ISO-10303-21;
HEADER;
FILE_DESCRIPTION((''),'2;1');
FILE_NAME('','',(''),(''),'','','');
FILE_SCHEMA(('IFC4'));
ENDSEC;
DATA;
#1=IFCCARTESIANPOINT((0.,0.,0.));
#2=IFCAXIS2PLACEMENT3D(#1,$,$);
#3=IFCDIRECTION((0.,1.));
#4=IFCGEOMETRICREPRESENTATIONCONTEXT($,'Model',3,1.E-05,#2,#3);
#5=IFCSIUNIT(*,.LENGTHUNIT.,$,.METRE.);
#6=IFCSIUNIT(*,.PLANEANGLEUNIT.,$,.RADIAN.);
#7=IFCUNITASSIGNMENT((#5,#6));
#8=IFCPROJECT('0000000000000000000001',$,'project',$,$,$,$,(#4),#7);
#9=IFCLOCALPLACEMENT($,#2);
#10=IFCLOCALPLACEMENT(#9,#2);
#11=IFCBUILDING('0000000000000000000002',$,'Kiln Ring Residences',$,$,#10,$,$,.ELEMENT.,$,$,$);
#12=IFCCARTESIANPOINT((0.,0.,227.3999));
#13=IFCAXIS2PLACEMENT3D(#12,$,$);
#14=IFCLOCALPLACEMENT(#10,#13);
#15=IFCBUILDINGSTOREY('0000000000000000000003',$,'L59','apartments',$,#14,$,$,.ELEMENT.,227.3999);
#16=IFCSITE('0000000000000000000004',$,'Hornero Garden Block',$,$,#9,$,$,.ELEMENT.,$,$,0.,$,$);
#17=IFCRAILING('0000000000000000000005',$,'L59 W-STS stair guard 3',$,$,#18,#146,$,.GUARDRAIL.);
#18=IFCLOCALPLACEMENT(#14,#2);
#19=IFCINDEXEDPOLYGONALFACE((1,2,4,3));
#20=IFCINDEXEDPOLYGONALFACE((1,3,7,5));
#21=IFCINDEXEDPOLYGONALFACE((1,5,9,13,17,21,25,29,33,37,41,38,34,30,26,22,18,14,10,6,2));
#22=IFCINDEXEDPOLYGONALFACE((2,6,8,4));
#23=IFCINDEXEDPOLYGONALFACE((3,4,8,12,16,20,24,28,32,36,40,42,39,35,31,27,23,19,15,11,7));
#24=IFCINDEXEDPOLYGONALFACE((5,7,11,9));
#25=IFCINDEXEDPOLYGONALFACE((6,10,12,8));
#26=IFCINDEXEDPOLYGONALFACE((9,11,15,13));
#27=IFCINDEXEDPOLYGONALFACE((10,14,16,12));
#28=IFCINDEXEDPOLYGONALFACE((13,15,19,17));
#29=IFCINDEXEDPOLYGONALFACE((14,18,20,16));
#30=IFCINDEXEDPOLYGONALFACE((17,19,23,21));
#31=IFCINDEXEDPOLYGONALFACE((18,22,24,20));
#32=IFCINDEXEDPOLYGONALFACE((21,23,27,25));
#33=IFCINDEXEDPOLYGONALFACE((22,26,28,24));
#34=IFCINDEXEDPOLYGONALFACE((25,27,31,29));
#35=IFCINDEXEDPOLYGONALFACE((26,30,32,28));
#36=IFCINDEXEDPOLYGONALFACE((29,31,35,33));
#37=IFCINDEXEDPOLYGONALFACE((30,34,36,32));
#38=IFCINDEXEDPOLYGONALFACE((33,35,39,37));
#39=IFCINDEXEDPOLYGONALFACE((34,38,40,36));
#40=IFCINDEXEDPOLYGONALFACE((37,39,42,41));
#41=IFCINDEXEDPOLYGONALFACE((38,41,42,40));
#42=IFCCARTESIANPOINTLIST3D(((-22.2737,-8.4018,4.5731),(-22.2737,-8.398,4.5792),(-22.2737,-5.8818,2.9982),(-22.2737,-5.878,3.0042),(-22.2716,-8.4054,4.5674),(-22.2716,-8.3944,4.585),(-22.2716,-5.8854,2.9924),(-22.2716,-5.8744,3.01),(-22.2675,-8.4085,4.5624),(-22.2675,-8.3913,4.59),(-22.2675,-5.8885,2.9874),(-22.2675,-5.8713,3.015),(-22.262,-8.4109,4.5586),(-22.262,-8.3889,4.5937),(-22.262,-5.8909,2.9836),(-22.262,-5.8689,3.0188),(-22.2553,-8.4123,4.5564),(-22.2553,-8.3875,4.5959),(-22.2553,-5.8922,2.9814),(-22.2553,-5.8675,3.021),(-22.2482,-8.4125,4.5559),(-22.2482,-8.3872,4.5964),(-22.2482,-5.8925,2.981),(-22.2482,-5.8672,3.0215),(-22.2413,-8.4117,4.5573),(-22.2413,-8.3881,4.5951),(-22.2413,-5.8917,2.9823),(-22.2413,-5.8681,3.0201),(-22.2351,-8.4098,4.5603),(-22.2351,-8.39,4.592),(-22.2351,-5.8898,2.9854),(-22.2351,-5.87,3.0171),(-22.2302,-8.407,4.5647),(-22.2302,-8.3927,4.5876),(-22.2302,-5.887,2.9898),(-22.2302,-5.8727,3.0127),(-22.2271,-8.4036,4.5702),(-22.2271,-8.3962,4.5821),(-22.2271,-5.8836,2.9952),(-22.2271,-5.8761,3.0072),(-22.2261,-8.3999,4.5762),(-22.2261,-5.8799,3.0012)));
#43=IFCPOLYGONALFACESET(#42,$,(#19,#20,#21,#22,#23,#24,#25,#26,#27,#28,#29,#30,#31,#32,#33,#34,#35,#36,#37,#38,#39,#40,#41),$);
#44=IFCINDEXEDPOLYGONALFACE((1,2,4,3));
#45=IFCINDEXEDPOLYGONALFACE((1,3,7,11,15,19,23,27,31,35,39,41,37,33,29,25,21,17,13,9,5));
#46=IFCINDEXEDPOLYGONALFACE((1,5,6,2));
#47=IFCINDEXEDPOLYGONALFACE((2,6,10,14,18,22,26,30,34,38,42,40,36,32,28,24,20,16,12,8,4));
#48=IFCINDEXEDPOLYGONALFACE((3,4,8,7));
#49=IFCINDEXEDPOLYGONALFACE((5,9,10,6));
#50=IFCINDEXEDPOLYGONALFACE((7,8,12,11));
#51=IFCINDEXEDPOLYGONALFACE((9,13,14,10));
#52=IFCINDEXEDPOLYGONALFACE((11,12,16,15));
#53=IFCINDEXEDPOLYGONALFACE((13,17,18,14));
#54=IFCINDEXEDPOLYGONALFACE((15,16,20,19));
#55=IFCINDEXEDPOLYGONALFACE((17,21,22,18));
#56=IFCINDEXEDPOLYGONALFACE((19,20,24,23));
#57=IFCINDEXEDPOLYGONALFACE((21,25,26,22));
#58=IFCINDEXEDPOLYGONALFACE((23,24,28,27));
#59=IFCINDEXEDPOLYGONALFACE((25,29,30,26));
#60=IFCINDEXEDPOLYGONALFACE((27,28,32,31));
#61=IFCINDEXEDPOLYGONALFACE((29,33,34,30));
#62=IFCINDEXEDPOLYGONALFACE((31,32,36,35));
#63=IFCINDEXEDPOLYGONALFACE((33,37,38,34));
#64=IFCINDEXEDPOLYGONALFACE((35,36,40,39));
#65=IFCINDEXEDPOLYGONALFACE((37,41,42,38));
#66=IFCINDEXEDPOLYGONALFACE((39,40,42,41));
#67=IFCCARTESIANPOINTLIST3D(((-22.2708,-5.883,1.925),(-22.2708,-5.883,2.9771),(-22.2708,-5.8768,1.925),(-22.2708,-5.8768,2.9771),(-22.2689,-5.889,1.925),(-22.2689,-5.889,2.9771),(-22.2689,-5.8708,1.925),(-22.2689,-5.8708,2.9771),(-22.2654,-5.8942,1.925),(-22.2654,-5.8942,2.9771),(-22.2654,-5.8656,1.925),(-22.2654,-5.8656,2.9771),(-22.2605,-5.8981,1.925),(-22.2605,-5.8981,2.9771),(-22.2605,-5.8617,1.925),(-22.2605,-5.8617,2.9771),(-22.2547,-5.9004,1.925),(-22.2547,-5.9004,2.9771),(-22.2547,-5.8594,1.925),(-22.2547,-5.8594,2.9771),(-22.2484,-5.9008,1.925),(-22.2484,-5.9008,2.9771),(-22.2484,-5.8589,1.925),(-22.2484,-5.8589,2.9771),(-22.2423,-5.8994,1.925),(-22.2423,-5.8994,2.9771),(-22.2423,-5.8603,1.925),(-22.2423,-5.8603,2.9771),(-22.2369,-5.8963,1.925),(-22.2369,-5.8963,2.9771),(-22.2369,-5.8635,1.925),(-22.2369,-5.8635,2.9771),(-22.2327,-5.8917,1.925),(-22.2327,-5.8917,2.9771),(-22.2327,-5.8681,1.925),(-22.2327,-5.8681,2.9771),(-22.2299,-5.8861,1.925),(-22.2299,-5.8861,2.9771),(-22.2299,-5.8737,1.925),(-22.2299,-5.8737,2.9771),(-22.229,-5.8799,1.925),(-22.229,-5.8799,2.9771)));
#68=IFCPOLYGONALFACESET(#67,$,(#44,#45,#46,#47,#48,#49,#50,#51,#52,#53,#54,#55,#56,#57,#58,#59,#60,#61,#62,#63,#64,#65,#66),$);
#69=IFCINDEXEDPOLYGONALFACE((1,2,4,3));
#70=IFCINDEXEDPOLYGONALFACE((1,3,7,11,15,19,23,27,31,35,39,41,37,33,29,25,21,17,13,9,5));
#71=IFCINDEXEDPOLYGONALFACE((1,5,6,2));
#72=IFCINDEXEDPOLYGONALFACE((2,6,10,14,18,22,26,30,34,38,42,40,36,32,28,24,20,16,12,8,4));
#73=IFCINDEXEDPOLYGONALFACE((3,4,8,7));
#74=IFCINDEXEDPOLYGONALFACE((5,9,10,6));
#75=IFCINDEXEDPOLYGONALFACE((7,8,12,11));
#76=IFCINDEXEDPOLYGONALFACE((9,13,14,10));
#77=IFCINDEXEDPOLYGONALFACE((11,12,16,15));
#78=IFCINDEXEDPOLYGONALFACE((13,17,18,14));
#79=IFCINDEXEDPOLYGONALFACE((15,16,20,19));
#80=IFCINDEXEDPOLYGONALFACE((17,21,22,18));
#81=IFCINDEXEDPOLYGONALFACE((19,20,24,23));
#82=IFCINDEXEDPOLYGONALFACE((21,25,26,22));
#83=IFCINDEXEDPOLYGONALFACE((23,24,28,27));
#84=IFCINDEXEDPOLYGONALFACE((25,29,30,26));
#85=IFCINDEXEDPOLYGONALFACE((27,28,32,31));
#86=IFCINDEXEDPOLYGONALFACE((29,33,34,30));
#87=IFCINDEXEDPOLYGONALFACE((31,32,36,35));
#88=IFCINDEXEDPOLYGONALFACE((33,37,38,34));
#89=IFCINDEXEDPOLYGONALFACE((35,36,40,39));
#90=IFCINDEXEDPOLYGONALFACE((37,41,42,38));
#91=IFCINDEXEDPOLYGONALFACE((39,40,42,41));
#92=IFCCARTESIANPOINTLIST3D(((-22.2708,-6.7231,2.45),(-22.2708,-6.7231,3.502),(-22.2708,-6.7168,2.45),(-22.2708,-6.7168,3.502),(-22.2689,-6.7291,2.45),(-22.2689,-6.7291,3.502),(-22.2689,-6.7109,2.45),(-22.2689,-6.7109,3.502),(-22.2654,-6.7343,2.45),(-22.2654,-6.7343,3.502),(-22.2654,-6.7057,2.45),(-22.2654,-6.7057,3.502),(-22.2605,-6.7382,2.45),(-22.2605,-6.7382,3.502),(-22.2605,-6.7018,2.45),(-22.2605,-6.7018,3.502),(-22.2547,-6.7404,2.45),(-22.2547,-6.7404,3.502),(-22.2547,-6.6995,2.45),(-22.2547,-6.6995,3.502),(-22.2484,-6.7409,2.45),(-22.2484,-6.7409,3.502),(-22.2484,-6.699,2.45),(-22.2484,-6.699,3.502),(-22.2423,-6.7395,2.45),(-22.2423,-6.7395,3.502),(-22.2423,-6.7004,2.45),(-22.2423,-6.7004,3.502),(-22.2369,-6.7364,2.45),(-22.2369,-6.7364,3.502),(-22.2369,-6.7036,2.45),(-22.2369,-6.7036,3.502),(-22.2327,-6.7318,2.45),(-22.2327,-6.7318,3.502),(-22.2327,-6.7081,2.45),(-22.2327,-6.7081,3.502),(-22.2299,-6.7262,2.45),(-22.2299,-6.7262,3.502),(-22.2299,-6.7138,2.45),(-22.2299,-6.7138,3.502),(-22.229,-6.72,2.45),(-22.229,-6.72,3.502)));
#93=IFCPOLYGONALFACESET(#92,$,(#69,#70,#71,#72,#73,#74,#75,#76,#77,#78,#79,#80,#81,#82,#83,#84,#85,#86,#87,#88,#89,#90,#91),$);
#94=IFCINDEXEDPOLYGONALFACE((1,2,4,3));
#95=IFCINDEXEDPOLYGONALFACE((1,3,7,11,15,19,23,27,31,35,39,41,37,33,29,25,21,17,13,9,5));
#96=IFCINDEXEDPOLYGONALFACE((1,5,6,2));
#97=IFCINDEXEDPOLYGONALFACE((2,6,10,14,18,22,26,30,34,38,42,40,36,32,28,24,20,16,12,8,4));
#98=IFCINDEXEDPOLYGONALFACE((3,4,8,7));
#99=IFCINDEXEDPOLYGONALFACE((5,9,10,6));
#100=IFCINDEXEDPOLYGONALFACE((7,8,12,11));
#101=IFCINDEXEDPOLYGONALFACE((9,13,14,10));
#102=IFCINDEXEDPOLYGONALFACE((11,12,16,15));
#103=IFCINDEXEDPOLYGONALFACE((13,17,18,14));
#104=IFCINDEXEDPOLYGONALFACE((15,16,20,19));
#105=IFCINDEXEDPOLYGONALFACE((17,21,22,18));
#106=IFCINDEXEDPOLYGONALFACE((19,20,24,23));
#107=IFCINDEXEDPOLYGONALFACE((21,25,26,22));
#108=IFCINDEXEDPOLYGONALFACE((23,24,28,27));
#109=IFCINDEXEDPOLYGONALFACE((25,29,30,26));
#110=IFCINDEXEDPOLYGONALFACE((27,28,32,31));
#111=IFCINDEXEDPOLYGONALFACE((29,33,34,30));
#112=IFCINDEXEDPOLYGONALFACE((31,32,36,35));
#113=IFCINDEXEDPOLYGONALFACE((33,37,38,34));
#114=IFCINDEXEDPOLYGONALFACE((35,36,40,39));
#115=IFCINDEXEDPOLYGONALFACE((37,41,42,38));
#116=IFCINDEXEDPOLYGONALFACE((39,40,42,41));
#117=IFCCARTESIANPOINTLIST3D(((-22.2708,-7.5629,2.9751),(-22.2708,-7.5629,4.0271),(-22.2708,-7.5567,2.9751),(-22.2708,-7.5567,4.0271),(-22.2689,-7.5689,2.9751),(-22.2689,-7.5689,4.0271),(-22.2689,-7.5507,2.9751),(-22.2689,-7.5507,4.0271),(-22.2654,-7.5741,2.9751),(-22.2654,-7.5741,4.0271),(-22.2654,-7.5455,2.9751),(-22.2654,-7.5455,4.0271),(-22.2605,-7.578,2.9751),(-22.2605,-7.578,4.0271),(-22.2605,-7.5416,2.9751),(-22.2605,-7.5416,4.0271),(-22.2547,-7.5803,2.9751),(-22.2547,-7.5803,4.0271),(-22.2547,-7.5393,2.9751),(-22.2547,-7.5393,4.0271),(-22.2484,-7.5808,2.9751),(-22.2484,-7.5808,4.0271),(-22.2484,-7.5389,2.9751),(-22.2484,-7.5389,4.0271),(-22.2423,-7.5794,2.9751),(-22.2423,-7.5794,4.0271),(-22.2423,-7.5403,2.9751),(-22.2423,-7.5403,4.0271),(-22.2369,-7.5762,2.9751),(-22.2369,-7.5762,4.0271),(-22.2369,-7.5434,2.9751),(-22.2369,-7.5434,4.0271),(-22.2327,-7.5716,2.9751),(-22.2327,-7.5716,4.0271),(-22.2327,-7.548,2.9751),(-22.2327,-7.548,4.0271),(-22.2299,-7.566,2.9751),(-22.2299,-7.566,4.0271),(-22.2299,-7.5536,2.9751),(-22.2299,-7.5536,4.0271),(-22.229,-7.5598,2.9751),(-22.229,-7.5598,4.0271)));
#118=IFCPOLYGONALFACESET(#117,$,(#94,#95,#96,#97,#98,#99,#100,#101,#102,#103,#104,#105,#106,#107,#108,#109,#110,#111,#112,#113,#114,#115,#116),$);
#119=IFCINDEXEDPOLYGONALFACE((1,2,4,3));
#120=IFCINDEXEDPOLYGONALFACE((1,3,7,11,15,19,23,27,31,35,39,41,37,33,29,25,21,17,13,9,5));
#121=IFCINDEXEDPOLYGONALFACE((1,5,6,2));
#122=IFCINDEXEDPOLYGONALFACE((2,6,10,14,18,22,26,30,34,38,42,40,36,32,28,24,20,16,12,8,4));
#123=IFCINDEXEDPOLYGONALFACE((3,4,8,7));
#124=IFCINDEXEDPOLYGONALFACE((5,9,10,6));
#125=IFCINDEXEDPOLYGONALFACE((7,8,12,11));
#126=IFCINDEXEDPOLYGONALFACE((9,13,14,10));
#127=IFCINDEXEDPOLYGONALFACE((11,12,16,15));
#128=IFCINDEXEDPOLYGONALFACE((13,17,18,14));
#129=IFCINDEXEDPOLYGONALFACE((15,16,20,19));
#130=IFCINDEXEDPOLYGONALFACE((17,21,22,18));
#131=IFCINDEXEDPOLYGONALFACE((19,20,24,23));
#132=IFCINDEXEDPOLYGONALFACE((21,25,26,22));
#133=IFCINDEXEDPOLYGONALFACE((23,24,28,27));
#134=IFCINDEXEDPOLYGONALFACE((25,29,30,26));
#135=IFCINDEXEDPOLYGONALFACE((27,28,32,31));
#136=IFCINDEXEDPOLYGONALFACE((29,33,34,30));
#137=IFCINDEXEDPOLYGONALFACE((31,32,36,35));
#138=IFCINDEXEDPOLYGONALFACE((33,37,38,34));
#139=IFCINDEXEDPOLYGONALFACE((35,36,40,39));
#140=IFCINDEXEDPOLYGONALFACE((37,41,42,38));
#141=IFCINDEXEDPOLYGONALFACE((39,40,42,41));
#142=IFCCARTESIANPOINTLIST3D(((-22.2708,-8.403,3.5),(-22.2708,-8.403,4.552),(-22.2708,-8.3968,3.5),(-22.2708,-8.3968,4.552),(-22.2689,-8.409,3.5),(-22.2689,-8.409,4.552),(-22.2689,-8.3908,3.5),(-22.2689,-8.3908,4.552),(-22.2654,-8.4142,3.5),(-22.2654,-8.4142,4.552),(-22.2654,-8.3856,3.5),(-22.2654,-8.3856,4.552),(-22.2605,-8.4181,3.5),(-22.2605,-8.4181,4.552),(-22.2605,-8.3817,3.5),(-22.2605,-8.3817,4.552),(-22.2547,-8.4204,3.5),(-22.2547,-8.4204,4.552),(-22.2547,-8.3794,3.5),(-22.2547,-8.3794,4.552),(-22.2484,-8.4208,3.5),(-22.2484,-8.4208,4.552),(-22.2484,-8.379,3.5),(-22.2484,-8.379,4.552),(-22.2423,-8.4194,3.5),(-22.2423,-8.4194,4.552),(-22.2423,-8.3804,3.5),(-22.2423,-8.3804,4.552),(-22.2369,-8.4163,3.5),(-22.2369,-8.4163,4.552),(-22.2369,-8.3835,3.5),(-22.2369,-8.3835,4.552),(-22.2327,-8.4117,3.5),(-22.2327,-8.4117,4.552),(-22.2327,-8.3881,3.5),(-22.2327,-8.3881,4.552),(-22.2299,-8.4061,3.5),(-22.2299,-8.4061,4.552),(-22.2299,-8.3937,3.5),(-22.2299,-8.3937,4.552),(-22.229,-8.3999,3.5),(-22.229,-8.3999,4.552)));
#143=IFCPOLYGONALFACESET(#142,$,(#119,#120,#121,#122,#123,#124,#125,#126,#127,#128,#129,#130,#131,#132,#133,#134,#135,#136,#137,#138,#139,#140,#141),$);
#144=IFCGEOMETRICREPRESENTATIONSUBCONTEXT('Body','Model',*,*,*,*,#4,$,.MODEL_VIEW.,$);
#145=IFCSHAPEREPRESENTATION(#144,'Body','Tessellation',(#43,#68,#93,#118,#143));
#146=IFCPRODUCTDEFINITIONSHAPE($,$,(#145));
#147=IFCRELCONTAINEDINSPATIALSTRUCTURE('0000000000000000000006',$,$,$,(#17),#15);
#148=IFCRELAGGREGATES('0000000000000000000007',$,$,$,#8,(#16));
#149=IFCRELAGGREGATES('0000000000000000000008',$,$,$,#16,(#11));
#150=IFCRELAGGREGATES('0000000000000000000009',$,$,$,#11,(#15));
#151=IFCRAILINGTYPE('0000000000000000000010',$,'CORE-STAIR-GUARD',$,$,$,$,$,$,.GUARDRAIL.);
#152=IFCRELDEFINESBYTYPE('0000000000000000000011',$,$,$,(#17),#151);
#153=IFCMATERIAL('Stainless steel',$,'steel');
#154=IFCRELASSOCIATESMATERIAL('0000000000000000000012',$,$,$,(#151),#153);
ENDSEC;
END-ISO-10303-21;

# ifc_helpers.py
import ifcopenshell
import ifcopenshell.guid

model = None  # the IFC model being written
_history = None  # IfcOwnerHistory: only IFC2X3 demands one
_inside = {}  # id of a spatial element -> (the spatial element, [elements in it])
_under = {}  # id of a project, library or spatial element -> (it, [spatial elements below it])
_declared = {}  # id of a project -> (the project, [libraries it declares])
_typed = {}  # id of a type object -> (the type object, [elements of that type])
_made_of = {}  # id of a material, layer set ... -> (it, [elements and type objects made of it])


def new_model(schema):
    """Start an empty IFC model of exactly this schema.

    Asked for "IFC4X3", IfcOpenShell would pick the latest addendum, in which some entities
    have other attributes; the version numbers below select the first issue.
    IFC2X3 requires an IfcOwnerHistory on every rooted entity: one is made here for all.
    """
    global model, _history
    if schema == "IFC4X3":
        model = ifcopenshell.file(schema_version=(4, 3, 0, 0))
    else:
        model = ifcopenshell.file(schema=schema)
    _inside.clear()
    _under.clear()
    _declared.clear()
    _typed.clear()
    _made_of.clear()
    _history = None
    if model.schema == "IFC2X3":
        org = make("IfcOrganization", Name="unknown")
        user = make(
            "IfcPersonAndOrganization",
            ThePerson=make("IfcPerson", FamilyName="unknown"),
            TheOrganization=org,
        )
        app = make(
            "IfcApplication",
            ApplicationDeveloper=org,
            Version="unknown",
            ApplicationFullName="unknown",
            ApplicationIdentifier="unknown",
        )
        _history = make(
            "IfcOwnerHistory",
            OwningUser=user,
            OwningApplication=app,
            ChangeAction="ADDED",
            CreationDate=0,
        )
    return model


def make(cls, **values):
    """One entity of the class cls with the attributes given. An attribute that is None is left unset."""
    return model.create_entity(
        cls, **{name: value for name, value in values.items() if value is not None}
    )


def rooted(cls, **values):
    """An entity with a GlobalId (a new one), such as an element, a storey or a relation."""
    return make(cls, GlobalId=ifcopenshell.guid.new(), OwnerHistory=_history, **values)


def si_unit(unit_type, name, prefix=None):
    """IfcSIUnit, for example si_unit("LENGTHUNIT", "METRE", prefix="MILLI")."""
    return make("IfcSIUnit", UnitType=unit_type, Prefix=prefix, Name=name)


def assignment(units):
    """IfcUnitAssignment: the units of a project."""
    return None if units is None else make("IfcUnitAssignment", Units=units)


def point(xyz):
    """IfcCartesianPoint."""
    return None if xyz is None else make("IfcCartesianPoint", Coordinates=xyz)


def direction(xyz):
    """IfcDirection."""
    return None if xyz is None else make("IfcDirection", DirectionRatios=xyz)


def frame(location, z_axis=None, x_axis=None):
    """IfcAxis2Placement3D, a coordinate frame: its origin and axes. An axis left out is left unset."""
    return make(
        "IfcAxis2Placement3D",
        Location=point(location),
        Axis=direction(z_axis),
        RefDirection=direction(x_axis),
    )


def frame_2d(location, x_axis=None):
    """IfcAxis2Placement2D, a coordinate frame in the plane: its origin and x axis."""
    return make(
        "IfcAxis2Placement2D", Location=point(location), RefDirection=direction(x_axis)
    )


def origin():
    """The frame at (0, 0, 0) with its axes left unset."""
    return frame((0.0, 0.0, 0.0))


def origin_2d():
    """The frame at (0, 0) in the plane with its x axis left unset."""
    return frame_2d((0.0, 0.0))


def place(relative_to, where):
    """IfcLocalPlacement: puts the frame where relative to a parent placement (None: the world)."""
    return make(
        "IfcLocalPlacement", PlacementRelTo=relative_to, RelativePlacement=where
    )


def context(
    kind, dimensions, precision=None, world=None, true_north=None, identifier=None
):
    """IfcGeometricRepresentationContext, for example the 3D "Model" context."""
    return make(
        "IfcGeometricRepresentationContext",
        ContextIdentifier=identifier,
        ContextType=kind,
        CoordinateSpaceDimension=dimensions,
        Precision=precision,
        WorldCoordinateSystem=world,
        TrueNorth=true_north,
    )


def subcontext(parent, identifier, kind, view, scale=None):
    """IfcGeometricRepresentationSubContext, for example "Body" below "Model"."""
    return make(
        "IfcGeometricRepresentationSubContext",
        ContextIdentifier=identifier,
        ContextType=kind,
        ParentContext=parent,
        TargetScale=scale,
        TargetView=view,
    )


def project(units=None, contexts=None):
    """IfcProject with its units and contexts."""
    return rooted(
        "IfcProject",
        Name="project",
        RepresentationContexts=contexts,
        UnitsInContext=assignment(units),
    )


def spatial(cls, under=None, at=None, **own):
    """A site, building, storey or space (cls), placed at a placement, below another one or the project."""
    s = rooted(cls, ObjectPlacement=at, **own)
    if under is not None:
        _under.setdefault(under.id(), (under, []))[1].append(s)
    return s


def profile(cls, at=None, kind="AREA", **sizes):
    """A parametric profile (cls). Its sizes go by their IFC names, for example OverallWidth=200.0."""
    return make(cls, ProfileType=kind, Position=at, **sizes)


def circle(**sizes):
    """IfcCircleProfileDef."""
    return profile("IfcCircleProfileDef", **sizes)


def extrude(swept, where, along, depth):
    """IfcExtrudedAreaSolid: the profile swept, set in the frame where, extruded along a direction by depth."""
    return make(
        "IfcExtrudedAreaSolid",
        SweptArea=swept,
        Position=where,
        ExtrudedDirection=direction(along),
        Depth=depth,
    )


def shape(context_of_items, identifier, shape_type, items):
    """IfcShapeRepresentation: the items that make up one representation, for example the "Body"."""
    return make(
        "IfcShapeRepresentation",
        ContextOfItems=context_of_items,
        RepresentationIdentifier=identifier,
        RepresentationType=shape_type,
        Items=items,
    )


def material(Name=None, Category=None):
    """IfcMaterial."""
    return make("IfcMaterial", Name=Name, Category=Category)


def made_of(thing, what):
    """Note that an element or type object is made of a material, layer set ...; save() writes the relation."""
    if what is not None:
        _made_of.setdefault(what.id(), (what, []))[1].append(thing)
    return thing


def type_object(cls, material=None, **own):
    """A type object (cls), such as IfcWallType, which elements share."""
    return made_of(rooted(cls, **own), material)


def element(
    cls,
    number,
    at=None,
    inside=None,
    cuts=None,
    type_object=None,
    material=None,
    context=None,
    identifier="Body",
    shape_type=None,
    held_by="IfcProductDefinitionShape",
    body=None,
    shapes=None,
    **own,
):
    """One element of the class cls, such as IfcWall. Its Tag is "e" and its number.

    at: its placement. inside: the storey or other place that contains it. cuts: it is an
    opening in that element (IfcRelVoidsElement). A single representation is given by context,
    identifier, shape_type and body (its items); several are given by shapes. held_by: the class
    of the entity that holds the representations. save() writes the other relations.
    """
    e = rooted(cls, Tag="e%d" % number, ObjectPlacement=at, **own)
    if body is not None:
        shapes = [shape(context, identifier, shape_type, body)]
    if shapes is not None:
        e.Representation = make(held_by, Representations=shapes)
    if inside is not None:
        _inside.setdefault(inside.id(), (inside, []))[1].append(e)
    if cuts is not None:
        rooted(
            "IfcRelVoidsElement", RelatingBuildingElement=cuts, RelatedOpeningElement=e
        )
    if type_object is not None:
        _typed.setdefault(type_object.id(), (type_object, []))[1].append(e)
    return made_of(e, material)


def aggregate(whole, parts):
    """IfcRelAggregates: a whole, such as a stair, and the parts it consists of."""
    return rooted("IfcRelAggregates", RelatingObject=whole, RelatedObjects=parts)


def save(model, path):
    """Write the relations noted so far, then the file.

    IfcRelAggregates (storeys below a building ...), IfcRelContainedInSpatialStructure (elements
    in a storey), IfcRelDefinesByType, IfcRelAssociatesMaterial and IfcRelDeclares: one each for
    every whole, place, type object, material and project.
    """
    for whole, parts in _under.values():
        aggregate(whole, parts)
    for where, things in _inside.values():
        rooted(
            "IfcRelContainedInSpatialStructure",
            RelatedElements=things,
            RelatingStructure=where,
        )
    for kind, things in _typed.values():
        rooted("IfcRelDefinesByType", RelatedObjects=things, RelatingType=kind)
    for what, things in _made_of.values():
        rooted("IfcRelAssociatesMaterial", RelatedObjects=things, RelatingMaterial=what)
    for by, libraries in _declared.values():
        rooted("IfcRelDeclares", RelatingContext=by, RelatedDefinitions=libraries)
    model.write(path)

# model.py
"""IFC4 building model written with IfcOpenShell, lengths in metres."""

from ifc_helpers import new_model, si_unit, direction, frame, origin, origin_2d, place, context, subcontext, project, spatial, circle, extrude, material, type_object, element, save


model = new_model("IFC4")

# Units and contexts
model_context = context("Model", 3, precision=1e-05, world=origin(), true_north=direction((0.0, 1.0)))
body_context = subcontext(model_context, "Body", "Model", "MODEL_VIEW")
ifc_project = project(units=[si_unit("LENGTHUNIT", "METRE"), si_unit("PLANEANGLEUNIT", "RADIAN")], contexts=[model_context])

# Site, building, storey
site_placement = place(None, origin())
site = spatial("IfcSite", under=ifc_project, at=site_placement, Name="Hornero Garden Block", CompositionType="ELEMENT", RefElevation=0.0)
building_placement = place(site_placement, origin())
building = spatial("IfcBuilding", under=site, at=building_placement, Name="Kiln Ring Residences", CompositionType="ELEMENT")
storey_placement = place(building_placement, frame((0.0, 0.0, 227.3999)))
storey = spatial("IfcBuildingStorey", under=building, at=storey_placement, Name="L59", Description="apartments", CompositionType="ELEMENT", Elevation=227.3999)

# Railing
ifc_material_1 = material(Name="Stainless steel", Category="steel")
railing_type_1 = type_object("IfcRailingType", Name="CORE-STAIR-GUARD", PredefinedType="GUARDRAIL", material=ifc_material_1)
railing_1_placement = place(storey_placement, frame((-22.25, -5.8799, 1.925)))
element("IfcRailing", 1, at=railing_1_placement, inside=storey, type_object=railing_type_1, Name="L59 W-STS stair guard 3", PredefinedType="GUARDRAIL", context=body_context, shape_type="SweptSolid", body=[
    extrude(circle(Radius=0.0239, at=origin_2d()), frame((0.0, 0.0, 1.0762), z_axis=(0.0, -0.848008, 0.529984), x_axis=(1.0, 0.0, 0.0)), (0.0, 0.0, 1.0), 2.9717),
    extrude(circle(Radius=0.021, at=origin_2d()), origin(), (0.0, 0.0, 1.0), 1.052),
    extrude(circle(Radius=0.021, at=origin_2d()), frame((0.0, -0.8401, 0.5249)), (0.0, 0.0, 1.0), 1.052),
    extrude(circle(Radius=0.021, at=origin_2d()), frame((0.0, -1.6799, 1.05)), (0.0, 0.0, 1.0), 1.052),
    extrude(circle(Radius=0.021, at=origin_2d()), frame((0.0, -2.52, 1.575)), (0.0, 0.0, 1.0), 1.052),
])

save(model, "model.ifc")
